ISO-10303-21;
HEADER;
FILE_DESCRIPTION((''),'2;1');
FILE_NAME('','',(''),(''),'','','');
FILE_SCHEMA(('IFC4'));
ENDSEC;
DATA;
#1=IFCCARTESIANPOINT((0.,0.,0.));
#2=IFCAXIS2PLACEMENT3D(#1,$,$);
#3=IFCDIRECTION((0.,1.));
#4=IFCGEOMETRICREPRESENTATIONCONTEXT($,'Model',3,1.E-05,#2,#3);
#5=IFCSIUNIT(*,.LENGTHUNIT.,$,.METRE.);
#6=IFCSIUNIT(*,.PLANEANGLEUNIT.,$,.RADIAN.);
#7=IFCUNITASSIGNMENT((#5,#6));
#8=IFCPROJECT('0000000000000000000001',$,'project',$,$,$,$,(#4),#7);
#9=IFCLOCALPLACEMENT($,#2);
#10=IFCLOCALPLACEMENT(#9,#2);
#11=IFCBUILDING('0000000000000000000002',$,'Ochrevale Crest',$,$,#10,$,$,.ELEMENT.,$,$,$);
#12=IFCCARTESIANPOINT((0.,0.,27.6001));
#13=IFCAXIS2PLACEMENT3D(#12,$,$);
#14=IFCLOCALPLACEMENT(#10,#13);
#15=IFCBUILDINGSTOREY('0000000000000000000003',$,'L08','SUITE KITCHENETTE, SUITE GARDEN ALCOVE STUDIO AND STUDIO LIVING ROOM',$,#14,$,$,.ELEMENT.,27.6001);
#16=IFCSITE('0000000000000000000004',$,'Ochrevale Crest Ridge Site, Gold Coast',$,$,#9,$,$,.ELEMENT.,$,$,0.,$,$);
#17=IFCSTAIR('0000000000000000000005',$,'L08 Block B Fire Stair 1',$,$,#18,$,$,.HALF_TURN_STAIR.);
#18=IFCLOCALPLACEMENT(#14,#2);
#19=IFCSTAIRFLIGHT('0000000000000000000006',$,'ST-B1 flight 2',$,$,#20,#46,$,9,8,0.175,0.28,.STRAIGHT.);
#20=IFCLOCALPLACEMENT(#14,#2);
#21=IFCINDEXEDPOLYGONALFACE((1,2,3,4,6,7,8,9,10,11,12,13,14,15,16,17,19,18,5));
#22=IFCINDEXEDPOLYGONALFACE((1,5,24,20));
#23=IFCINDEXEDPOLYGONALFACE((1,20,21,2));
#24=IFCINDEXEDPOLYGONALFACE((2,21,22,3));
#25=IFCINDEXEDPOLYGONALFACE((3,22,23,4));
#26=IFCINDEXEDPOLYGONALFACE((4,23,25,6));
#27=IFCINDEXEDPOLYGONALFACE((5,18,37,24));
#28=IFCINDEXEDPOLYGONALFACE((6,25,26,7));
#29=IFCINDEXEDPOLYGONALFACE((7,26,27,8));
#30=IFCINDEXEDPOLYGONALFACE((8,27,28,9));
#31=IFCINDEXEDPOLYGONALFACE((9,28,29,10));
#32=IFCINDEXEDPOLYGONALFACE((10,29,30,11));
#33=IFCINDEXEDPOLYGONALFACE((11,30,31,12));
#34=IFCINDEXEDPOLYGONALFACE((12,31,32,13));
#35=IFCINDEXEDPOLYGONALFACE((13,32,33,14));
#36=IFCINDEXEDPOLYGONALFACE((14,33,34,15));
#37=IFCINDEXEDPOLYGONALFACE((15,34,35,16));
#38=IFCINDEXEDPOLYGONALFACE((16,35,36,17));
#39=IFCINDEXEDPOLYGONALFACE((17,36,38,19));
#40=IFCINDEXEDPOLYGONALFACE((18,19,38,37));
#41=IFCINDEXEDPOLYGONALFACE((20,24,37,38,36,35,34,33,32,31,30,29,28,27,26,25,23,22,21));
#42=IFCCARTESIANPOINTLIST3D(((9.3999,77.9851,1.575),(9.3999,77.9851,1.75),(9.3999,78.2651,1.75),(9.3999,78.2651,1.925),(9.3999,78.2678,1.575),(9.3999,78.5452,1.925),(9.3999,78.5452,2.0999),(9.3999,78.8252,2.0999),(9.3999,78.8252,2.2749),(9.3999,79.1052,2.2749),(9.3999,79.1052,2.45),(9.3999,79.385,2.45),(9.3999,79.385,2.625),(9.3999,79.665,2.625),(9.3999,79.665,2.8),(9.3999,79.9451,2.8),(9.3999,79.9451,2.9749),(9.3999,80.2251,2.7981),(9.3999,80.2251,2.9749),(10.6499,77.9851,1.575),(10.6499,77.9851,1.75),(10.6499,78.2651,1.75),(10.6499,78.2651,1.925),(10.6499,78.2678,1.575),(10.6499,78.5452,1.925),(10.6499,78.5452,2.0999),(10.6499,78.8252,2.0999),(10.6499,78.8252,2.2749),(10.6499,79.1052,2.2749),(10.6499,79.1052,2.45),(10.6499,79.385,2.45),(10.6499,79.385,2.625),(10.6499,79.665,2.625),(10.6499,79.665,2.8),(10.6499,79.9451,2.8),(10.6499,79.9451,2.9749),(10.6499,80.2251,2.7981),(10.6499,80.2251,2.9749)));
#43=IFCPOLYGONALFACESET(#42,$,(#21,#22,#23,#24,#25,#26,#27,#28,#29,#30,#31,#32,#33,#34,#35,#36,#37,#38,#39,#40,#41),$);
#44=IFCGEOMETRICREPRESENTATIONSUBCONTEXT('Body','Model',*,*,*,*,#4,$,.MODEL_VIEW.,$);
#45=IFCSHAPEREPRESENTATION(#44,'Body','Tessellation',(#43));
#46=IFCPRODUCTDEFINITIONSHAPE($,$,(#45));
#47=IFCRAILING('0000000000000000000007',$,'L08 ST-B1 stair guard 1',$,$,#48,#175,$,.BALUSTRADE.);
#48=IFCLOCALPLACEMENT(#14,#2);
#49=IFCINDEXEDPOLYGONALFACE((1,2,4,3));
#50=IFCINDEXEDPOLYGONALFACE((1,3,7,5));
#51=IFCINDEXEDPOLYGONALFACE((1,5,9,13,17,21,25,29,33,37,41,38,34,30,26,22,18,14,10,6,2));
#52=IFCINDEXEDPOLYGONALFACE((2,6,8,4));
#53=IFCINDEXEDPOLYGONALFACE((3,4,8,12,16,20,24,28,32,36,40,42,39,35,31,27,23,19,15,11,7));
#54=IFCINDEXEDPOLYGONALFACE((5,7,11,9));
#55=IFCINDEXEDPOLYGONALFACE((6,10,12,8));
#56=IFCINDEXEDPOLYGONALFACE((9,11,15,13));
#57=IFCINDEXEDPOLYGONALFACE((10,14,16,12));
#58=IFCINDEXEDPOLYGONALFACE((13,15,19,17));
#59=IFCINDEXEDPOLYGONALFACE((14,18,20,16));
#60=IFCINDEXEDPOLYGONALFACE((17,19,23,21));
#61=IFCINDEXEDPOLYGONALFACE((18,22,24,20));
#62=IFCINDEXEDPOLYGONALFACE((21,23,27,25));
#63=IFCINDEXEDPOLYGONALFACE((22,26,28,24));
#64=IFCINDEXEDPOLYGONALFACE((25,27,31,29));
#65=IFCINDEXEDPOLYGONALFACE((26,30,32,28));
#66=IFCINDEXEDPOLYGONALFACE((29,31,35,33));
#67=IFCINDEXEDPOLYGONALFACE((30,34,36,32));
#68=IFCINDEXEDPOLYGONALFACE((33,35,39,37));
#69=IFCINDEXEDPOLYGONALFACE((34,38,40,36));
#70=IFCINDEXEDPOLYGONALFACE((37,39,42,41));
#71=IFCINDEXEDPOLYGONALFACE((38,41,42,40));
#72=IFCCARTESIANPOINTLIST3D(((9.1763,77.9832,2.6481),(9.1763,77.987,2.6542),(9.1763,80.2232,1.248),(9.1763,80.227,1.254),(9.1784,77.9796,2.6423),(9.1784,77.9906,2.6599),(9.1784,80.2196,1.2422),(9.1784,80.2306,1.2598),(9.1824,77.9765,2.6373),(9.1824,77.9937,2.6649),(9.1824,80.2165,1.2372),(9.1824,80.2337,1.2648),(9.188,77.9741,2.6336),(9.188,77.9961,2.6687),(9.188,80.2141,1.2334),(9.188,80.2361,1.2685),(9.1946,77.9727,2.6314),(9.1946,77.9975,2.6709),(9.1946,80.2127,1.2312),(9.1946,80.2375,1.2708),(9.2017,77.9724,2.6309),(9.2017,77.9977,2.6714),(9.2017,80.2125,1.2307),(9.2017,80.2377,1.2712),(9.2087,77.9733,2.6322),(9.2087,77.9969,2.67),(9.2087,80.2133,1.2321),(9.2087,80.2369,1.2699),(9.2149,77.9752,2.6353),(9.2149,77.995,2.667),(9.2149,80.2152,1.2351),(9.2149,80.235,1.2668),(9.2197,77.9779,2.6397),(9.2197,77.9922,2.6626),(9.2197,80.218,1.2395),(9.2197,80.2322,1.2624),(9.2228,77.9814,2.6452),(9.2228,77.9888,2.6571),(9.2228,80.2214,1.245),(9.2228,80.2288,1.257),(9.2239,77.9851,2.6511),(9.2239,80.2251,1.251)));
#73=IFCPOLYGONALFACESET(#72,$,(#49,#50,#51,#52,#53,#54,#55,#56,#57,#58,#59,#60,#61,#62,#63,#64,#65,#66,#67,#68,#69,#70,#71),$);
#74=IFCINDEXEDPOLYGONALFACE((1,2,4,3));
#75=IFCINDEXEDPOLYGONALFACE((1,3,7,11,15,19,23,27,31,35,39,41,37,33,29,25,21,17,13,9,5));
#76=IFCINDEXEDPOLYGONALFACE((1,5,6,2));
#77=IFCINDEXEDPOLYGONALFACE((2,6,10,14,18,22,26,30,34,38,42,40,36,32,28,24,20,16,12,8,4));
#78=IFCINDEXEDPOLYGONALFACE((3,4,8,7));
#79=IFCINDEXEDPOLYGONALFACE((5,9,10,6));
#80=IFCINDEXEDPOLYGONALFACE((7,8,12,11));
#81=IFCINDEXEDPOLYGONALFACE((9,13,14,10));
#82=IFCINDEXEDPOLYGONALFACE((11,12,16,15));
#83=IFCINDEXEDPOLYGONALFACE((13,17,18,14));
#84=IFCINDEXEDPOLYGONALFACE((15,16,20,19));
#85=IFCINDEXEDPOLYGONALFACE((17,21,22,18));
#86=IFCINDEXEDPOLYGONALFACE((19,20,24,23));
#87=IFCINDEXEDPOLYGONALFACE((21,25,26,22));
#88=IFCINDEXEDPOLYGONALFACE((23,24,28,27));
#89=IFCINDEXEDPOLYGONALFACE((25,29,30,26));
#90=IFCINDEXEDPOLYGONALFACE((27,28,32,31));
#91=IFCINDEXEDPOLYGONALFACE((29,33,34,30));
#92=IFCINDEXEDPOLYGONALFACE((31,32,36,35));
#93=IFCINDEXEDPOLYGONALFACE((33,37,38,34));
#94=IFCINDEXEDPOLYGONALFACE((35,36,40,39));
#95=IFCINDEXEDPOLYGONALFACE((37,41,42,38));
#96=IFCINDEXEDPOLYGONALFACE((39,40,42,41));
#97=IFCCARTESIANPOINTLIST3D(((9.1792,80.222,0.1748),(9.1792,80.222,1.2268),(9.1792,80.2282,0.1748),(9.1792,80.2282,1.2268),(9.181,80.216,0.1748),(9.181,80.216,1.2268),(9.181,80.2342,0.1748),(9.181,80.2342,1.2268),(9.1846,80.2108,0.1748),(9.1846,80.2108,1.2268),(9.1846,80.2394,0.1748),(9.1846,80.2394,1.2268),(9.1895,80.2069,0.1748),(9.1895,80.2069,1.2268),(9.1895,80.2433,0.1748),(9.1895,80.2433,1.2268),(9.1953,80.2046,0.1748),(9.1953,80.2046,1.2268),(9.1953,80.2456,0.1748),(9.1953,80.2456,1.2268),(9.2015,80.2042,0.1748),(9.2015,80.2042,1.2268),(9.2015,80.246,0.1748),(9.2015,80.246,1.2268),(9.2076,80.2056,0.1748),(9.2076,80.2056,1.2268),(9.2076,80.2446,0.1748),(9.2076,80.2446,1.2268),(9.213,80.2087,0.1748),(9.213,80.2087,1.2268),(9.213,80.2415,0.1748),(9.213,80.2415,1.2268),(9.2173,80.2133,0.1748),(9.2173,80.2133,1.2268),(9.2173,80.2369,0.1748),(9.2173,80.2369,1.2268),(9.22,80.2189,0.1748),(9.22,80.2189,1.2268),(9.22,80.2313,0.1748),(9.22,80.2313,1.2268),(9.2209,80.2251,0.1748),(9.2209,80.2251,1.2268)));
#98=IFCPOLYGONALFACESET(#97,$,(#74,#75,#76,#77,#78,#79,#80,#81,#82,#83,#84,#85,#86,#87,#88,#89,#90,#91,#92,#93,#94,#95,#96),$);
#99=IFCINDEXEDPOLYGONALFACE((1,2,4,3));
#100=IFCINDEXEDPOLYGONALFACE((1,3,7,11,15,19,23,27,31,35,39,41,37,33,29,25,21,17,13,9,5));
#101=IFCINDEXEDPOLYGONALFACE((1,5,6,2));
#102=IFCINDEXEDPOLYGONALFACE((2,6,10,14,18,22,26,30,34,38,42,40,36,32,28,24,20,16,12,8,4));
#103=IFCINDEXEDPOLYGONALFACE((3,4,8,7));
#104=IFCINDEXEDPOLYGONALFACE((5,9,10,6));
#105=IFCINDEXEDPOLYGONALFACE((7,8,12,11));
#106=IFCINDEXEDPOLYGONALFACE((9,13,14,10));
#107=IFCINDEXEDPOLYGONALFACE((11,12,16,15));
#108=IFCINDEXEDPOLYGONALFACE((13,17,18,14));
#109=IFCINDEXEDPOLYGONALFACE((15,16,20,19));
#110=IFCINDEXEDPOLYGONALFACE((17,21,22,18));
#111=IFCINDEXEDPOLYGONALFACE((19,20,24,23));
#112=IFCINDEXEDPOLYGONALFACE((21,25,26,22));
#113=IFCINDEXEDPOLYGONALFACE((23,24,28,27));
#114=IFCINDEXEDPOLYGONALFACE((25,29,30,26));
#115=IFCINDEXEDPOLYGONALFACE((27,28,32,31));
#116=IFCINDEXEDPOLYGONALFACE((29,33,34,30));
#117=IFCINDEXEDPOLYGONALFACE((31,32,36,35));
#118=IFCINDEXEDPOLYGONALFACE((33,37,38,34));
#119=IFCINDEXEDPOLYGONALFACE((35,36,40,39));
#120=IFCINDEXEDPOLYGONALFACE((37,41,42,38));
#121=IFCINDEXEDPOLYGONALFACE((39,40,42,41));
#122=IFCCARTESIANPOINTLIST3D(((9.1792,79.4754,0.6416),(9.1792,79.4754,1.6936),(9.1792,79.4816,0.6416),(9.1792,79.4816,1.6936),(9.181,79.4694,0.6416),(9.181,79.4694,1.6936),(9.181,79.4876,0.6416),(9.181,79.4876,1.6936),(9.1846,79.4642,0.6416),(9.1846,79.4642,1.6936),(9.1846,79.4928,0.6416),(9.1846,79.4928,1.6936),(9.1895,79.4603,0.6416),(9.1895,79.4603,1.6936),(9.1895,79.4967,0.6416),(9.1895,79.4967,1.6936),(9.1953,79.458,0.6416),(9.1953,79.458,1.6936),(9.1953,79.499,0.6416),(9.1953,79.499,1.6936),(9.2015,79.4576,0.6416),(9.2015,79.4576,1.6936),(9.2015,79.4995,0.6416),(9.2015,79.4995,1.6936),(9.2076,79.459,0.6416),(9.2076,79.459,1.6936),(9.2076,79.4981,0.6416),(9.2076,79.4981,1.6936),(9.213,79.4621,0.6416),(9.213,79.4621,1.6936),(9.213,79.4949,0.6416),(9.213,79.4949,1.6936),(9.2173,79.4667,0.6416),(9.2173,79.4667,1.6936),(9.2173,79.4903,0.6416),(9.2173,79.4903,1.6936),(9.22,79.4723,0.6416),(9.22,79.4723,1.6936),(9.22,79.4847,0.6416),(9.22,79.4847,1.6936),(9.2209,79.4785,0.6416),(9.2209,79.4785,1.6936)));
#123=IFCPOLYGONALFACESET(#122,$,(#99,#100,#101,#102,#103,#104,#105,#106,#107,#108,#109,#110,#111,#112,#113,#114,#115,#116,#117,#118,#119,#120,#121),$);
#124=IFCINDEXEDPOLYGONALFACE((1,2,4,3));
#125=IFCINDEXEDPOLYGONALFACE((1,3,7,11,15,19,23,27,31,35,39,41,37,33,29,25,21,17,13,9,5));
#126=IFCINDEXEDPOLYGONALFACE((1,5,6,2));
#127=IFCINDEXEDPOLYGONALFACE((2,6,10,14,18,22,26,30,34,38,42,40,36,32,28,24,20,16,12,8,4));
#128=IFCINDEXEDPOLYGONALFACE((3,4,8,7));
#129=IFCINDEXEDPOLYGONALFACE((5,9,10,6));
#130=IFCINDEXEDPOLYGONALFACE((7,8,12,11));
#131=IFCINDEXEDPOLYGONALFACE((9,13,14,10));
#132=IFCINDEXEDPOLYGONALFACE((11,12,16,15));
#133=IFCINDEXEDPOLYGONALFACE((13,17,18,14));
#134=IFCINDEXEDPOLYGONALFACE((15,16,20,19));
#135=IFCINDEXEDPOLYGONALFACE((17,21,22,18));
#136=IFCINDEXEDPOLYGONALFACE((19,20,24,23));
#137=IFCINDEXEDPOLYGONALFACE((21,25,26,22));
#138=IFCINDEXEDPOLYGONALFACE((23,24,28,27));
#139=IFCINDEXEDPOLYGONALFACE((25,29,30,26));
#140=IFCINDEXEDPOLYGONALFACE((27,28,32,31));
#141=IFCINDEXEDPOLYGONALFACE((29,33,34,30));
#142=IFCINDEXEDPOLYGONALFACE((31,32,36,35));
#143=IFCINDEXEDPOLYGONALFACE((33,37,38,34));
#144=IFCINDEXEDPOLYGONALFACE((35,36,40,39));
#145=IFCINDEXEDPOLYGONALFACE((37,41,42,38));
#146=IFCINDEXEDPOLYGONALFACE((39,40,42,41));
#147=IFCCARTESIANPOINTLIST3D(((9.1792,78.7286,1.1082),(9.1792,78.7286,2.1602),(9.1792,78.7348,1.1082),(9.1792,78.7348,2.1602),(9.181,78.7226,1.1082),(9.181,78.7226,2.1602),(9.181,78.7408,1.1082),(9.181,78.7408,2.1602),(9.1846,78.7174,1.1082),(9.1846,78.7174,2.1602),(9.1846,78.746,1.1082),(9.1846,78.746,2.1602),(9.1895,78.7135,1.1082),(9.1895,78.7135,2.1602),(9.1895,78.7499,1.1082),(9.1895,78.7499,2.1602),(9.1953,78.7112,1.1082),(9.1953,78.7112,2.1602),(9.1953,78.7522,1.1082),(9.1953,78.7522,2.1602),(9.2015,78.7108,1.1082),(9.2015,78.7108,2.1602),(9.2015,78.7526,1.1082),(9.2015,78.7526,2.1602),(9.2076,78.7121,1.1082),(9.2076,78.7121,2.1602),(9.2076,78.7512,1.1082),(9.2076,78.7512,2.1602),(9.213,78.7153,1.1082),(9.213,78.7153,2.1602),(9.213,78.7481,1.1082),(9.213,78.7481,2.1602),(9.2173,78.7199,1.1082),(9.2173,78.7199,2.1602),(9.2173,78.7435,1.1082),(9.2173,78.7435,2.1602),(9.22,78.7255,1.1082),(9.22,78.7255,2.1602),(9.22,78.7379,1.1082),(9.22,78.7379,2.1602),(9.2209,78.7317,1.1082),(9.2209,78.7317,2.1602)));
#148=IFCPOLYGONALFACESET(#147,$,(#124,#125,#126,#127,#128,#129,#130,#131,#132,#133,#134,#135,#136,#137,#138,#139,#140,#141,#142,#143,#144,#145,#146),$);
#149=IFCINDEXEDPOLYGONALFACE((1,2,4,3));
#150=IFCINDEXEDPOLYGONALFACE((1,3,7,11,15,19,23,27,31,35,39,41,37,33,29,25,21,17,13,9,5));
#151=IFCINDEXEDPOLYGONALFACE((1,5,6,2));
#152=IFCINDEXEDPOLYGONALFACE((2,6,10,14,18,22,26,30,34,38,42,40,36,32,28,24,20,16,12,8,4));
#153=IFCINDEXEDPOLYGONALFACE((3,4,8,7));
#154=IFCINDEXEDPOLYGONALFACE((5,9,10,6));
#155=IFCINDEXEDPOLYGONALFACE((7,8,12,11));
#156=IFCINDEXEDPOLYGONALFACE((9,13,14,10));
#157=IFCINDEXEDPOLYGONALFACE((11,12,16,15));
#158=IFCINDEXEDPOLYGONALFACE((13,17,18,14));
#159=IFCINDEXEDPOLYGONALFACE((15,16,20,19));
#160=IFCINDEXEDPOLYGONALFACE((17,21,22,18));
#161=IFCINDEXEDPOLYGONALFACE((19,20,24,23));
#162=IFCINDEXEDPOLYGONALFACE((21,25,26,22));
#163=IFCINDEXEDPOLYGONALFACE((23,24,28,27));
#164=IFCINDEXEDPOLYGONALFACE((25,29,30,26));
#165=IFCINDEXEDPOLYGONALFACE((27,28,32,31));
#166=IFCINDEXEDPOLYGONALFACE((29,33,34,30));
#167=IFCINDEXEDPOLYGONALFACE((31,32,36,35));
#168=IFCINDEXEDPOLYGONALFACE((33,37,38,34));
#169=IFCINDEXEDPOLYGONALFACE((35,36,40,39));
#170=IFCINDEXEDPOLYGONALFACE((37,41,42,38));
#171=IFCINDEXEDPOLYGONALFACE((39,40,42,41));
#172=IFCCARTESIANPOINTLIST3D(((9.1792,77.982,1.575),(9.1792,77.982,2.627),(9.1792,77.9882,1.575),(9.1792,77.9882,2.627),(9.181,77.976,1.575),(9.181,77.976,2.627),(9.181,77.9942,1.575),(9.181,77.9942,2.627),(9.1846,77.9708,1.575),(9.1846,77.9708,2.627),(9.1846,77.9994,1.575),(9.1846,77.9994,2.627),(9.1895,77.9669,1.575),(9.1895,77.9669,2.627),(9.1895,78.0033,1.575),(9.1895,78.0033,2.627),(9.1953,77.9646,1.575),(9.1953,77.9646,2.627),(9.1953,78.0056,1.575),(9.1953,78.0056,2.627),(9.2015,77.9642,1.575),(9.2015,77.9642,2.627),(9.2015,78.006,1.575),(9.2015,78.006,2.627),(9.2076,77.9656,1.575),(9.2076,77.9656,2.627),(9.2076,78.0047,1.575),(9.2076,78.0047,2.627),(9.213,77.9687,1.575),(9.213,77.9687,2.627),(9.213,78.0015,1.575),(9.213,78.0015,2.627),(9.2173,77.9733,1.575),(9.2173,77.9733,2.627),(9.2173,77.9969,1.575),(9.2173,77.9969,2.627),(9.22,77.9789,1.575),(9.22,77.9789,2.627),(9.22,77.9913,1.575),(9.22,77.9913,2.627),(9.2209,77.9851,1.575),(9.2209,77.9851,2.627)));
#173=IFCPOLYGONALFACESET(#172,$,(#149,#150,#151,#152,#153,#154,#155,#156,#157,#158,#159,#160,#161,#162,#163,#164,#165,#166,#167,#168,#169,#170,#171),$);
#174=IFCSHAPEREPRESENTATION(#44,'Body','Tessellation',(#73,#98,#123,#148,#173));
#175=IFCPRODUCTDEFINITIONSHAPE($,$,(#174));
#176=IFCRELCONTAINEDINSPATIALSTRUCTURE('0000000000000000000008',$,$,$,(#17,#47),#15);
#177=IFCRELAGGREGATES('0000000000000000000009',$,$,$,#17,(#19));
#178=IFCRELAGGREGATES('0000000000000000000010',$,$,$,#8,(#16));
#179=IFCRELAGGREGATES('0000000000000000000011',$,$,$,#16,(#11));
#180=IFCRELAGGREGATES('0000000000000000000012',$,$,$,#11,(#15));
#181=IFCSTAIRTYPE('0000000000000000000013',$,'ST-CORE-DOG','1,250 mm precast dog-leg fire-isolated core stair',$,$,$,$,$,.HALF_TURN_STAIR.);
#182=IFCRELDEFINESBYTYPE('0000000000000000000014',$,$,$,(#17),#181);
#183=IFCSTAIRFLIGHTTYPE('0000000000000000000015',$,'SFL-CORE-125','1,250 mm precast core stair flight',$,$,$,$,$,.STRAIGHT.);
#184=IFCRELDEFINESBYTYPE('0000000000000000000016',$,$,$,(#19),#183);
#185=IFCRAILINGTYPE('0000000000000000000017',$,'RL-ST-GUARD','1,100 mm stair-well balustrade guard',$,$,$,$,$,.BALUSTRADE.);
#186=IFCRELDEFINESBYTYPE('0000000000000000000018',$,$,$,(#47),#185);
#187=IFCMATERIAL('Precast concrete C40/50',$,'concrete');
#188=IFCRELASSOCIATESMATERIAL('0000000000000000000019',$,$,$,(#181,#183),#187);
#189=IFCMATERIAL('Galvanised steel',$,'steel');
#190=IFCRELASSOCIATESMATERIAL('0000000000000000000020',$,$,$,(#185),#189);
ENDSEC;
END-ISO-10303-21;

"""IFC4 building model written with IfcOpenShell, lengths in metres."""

from ifc_helpers import new_model, si_unit, direction, frame, origin, origin_2d, place, context, subcontext, project, spatial, polyline, circle, outline, extrude, material, type_object, element, aggregate, save


model = new_model("IFC4")

# Units and contexts
model_context = context("Model", 3, precision=1e-05, world=origin(), true_north=direction((0.0, 1.0)))
body_context = subcontext(model_context, "Body", "Model", "MODEL_VIEW")
ifc_project = project(units=[si_unit("LENGTHUNIT", "METRE"), si_unit("PLANEANGLEUNIT", "RADIAN")], contexts=[model_context])

# Site, building, storey
site_placement = place(None, origin())
site = spatial("IfcSite", under=ifc_project, at=site_placement, Name="Ochrevale Crest Ridge Site, Gold Coast", CompositionType="ELEMENT", RefElevation=0.0)
building_placement = place(site_placement, origin())
building = spatial("IfcBuilding", under=site, at=building_placement, Name="Ochrevale Crest", CompositionType="ELEMENT")
storey_placement = place(building_placement, frame((0.0, 0.0, 27.6001)))
storey = spatial("IfcBuildingStorey", under=building, at=storey_placement, Name="L08", Description="SUITE KITCHENETTE, SUITE GARDEN ALCOVE STUDIO AND STUDIO LIVING ROOM", CompositionType="ELEMENT", Elevation=27.6001)

# Stair, stair flight
ifc_material_1 = material(Name="Precast concrete C40/50", Category="concrete")
stair_type = type_object("IfcStairType", Name="ST-CORE-DOG", Description="1,250 mm precast dog-leg fire-isolated core stair", PredefinedType="HALF_TURN_STAIR", material=ifc_material_1)
stair_placement = place(storey_placement, origin())
stair = element("IfcStair", 1, at=stair_placement, inside=storey, type_object=stair_type, Name="L08 Block B Fire Stair 1", PredefinedType="HALF_TURN_STAIR")
stair_flight_type = type_object("IfcStairFlightType", Name="SFL-CORE-125", Description="1,250 mm precast core stair flight", PredefinedType="STRAIGHT", material=ifc_material_1)
stair_flight_1_placement = place(storey_placement, frame((10.0249, 77.9851, 1.575), z_axis=(0.0, 0.0, 1.0), x_axis=(0.0, 1.0, 0.0)))
stair_flight_1 = element("IfcStairFlight", 2, at=stair_flight_1_placement, type_object=stair_flight_type, Name="ST-B1 flight 2", NumberOfRisers=9, NumberOfTreads=8, PredefinedType="STRAIGHT", RiserHeight=0.175, TreadLength=0.28, context=body_context, shape_type="SweptSolid", body=[
    extrude(outline(polyline([(0.0, 0.0), (0.0, 0.175), (0.28, 0.175), (0.28, 0.3501), (0.5601, 0.3501), (0.5601, 0.5249), (0.8401, 0.5249), (0.8401, 0.7), (1.1201, 0.7), (1.1201, 0.875), (1.3999, 0.875), (1.3999, 1.05), (1.6799, 1.05), (1.6799, 1.2251), (1.96, 1.2251), (1.96, 1.3999), (2.24, 1.3999), (2.24, 1.575), (2.24, 1.2231), (0.2827, 0.0), (0.0, 0.0)])), frame((0.0, 0.625, 0.0), z_axis=(0.0, -1.0, 0.0), x_axis=(1.0, 0.0, 0.0)), (0.0, 0.0, 1.0), 1.25),
])
aggregate(stair, [stair_flight_1])

# Railing
ifc_material_2 = material(Name="Galvanised steel", Category="steel")
railing_type_1 = type_object("IfcRailingType", Name="RL-ST-GUARD", Description="1,100 mm stair-well balustrade guard", PredefinedType="BALUSTRADE", material=ifc_material_2)
railing_1_placement = place(storey_placement, frame((9.2, 80.2251, 0.1748)))
element("IfcRailing", 3, at=railing_1_placement, inside=storey, type_object=railing_type_1, Name="L08 ST-B1 stair guard 1", PredefinedType="BALUSTRADE", context=body_context, shape_type="SweptSolid", body=[
    extrude(circle(Radius=0.0239, at=origin_2d()), frame((0.0, 0.0, 1.0762), z_axis=(0.0, -0.847972, 0.53004), x_axis=(1.0, 0.0, 0.0)), (0.0, 0.0, 1.0), 2.6416),
    extrude(circle(Radius=0.021, at=origin_2d()), origin(), (0.0, 0.0, 1.0), 1.052),
    extrude(circle(Radius=0.021, at=origin_2d()), frame((0.0, -0.7466, 0.4668)), (0.0, 0.0, 1.0), 1.052),
    extrude(circle(Radius=0.021, at=origin_2d()), frame((0.0, -1.4934, 0.9333)), (0.0, 0.0, 1.0), 1.052),
    extrude(circle(Radius=0.021, at=origin_2d()), frame((0.0, -2.24, 1.4001)), (0.0, 0.0, 1.0), 1.052),
])

save(model, "model.ifc")
